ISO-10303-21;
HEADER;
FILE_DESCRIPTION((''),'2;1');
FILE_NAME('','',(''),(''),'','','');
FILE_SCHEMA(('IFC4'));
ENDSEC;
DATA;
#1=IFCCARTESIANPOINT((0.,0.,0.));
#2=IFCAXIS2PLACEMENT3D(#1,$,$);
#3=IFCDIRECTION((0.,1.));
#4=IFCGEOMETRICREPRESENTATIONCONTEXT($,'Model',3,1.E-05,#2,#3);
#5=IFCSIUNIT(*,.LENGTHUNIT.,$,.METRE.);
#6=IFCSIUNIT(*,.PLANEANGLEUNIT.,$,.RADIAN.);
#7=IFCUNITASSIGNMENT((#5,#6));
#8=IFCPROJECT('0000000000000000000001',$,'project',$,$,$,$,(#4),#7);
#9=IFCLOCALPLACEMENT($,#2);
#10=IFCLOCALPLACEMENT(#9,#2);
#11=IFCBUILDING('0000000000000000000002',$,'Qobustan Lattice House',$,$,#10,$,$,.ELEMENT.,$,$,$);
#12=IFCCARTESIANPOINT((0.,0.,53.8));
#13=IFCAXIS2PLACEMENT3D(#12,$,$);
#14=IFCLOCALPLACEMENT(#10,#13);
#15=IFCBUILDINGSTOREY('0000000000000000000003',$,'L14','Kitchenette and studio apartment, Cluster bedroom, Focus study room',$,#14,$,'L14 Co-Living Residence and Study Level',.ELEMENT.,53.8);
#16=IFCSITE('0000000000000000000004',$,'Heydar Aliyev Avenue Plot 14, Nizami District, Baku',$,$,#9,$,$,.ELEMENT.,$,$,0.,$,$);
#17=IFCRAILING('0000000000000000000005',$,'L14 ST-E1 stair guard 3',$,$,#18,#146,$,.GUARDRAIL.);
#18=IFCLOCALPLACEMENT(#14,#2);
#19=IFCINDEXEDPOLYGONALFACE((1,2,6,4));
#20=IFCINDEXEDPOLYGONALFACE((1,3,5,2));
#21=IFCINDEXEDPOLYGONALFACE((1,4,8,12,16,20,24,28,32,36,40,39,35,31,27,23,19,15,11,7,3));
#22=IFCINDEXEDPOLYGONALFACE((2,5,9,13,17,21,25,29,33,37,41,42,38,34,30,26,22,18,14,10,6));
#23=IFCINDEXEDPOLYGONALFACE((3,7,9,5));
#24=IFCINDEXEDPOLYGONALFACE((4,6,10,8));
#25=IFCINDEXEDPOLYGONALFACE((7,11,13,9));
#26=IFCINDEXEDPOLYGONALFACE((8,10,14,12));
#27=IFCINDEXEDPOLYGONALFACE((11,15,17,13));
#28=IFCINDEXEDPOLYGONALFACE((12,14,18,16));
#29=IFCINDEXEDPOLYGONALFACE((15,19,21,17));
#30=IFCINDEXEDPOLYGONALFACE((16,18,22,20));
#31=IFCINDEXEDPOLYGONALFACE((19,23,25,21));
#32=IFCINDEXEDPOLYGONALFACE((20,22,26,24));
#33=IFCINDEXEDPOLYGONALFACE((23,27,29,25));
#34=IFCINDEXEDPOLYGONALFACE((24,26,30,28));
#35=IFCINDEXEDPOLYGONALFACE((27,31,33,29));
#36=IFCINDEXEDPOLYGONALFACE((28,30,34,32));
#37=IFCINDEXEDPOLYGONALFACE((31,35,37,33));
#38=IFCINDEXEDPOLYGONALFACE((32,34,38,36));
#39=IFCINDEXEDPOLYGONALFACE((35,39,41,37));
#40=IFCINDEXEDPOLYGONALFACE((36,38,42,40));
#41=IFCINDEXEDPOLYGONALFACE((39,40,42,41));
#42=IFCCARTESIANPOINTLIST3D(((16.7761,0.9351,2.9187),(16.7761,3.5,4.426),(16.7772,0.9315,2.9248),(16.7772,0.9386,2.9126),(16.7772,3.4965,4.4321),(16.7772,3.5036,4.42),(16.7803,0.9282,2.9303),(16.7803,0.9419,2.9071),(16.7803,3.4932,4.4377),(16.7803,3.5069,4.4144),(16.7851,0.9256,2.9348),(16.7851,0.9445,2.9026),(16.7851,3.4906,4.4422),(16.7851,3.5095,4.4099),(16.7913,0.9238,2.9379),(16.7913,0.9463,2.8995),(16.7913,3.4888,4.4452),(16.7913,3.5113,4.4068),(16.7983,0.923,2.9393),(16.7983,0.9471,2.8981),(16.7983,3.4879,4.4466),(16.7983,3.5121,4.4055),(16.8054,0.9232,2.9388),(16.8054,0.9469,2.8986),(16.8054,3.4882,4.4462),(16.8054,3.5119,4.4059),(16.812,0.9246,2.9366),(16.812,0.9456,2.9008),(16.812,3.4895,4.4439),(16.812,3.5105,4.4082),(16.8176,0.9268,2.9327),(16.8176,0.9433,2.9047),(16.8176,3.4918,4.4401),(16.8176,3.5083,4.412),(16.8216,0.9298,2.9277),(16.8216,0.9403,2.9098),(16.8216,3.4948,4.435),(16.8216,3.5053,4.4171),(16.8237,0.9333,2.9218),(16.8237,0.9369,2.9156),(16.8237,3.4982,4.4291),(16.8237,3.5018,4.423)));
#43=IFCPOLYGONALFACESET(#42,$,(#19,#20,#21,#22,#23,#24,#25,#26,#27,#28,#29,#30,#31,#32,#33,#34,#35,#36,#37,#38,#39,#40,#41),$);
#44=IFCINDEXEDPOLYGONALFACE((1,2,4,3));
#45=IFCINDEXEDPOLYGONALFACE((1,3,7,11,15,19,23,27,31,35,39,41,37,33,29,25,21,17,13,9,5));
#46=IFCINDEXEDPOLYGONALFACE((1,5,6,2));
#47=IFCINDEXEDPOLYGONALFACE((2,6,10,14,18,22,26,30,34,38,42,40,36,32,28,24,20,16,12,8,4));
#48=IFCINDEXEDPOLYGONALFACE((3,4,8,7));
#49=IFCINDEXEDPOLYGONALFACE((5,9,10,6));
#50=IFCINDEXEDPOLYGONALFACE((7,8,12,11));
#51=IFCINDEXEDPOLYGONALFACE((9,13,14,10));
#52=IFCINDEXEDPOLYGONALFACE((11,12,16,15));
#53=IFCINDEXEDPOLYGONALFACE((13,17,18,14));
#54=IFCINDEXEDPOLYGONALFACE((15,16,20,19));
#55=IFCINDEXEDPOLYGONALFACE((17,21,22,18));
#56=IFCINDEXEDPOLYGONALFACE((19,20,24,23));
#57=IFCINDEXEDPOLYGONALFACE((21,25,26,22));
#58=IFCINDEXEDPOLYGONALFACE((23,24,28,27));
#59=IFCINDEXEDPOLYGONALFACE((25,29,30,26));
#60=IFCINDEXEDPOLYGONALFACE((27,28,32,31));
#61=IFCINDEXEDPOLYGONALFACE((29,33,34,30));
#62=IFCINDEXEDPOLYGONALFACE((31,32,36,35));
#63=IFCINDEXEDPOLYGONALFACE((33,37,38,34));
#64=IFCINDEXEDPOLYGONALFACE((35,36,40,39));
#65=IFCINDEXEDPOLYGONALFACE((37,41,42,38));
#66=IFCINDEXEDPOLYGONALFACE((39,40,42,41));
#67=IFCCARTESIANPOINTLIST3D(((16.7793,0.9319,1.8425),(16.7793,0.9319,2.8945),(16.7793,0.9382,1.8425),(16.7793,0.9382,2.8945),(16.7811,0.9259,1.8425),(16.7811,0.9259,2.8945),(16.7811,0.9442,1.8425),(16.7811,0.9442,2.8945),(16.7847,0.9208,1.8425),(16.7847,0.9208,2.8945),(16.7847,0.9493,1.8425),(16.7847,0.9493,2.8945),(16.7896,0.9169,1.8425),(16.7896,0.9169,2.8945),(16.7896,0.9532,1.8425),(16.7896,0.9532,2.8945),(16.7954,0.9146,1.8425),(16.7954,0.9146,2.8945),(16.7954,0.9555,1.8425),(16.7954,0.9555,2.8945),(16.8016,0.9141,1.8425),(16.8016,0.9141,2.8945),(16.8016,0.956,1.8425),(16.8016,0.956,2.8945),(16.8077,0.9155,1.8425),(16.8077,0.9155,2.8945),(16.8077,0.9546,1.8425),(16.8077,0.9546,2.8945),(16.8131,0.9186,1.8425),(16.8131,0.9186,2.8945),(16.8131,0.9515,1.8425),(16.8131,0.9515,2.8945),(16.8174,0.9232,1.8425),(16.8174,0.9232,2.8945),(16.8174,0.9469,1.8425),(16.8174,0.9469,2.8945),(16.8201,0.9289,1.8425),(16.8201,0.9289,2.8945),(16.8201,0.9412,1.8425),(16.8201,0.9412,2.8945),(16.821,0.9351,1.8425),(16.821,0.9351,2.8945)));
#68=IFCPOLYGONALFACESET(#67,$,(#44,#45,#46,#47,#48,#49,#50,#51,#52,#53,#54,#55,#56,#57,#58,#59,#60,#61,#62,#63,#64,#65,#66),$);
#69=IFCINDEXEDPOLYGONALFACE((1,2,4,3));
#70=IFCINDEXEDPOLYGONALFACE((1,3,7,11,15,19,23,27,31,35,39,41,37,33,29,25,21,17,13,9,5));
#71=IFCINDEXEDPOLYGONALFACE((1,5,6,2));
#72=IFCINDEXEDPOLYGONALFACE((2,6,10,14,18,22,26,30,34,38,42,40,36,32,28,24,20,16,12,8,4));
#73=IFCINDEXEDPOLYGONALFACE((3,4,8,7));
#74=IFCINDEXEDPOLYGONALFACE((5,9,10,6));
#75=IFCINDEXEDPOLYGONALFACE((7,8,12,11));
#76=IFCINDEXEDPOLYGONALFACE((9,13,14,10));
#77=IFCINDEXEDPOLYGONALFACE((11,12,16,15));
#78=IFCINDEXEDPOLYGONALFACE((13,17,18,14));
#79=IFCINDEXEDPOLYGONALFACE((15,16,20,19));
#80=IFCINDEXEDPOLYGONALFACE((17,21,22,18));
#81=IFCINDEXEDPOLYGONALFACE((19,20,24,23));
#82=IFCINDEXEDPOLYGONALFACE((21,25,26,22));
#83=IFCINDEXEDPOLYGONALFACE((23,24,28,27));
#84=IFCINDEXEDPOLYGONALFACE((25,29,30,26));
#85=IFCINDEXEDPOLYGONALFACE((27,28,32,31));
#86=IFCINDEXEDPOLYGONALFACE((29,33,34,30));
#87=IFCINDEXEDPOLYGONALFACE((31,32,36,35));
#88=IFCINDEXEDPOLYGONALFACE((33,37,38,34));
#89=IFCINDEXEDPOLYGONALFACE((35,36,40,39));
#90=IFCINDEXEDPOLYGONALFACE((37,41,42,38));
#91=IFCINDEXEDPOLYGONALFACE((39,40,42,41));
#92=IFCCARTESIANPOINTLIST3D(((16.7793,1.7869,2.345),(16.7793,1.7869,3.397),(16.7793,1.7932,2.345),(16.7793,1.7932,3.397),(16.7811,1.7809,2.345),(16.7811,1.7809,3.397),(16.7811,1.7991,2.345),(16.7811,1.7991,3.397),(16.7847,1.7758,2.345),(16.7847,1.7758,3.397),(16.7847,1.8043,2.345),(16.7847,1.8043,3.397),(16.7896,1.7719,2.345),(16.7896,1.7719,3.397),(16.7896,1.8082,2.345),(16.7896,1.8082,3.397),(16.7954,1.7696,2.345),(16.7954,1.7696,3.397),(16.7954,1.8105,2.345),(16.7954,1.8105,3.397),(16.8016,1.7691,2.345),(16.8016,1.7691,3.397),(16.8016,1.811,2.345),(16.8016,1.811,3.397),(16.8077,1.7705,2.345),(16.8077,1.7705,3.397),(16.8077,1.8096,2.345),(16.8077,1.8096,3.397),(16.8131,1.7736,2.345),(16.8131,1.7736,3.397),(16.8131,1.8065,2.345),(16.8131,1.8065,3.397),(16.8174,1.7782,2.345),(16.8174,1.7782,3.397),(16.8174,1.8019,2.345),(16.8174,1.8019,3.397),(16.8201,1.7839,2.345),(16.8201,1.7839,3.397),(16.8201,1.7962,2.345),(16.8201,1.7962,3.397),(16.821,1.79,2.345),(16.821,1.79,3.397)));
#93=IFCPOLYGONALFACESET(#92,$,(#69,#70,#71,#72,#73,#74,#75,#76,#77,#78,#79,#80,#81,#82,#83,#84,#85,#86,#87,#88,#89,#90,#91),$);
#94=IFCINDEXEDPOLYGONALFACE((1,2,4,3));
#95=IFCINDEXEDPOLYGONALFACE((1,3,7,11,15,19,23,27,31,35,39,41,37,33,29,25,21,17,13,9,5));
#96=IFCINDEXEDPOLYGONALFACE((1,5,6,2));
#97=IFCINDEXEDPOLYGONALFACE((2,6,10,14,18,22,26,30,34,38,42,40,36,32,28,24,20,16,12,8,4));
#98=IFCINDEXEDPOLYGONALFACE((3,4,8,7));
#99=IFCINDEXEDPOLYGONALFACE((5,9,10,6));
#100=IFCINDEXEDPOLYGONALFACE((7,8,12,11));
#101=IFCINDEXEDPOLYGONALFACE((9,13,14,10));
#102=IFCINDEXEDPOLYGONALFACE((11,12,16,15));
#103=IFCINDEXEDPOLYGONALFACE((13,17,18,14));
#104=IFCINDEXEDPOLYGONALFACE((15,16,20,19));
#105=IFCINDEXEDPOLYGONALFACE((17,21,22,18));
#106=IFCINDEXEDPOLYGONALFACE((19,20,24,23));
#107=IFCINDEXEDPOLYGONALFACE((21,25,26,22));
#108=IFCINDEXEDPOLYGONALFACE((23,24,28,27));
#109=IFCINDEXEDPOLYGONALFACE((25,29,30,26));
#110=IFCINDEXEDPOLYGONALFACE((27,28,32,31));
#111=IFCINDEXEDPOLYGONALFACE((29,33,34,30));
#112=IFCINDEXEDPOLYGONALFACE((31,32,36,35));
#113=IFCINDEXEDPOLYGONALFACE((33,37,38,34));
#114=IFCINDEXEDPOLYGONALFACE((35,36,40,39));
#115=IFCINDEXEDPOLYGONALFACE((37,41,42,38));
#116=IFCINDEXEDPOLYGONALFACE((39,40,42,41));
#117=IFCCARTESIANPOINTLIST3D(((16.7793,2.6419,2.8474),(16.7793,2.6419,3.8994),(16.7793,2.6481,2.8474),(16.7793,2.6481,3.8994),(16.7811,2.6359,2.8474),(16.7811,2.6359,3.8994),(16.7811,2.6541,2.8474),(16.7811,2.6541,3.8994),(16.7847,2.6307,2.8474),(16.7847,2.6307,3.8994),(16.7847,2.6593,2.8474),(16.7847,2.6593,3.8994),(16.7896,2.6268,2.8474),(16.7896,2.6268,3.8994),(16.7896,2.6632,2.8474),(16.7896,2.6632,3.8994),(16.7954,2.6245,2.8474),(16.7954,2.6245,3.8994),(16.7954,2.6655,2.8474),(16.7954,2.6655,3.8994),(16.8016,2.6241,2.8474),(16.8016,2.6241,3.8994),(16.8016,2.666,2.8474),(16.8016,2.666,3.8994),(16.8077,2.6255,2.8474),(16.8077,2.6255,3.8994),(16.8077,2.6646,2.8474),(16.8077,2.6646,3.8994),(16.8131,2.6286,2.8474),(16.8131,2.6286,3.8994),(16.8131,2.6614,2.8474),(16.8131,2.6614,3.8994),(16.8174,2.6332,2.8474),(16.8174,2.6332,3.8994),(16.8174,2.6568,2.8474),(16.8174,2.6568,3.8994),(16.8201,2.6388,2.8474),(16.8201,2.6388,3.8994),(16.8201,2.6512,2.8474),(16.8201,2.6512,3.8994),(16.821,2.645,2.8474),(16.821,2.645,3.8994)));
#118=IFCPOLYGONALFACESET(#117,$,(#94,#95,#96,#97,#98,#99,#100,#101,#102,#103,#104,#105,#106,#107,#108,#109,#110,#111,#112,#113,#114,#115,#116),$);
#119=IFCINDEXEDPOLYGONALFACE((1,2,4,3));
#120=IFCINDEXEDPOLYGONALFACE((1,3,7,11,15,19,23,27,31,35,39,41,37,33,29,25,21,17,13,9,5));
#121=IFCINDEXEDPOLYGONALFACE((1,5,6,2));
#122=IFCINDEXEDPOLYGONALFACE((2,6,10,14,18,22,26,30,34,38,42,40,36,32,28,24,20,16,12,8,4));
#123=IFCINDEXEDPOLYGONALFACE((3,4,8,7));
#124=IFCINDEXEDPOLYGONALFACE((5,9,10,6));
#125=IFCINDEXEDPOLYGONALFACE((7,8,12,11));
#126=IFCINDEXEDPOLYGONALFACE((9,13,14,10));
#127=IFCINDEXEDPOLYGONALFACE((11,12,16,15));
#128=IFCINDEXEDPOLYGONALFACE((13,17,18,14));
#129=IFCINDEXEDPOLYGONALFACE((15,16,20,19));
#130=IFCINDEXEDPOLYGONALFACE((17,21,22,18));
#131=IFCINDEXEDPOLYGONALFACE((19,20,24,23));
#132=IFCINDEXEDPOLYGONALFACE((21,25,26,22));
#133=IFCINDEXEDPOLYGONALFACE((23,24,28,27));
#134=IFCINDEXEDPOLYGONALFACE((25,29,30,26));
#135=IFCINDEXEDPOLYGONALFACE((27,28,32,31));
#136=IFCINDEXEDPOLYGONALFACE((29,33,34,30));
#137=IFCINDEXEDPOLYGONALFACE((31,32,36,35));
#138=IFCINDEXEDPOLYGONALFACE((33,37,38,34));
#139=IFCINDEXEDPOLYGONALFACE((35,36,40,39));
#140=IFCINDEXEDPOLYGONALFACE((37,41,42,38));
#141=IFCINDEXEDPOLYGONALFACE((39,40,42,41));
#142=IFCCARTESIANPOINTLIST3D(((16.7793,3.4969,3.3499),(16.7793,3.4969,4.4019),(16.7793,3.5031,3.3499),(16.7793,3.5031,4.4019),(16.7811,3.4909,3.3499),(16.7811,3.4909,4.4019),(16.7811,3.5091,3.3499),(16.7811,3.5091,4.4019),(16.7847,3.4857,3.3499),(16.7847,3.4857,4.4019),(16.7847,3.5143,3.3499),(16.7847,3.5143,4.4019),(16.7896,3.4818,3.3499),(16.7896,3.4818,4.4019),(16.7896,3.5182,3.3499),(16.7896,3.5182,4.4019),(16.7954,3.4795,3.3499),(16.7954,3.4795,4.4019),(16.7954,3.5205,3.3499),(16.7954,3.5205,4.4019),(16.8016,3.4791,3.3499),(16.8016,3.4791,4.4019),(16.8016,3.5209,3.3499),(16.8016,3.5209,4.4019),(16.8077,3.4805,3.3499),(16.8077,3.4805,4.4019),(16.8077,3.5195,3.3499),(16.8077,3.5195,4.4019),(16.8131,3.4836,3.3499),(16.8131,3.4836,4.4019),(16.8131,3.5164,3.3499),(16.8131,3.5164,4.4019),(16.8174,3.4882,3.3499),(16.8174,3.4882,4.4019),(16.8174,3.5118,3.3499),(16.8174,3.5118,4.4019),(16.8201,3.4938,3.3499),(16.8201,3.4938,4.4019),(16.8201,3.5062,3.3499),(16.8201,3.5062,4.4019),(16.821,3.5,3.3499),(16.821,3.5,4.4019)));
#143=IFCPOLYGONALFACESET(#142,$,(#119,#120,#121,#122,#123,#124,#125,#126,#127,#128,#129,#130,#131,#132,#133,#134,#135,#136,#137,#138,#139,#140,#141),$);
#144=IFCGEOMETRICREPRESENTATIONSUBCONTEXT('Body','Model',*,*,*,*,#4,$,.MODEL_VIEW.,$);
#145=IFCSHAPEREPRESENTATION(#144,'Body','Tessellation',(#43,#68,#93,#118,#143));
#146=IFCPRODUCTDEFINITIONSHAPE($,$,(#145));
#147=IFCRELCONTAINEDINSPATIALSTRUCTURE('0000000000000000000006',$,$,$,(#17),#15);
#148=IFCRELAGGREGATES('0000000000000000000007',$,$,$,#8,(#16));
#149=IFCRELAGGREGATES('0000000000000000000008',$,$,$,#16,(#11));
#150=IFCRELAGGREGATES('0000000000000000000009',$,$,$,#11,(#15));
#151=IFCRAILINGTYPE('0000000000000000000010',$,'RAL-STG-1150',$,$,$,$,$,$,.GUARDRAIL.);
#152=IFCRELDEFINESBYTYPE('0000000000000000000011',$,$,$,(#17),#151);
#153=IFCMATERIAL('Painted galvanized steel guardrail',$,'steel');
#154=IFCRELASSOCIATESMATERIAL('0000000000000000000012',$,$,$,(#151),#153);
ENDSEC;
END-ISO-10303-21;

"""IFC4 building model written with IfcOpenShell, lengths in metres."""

from ifc_helpers import new_model, si_unit, direction, frame, origin, origin_2d, place, context, subcontext, project, spatial, circle, extrude, material, type_object, element, save


model = new_model("IFC4")

# Units and contexts
model_context = context("Model", 3, precision=1e-05, world=origin(), true_north=direction((0.0, 1.0)))
body_context = subcontext(model_context, "Body", "Model", "MODEL_VIEW")
ifc_project = project(units=[si_unit("LENGTHUNIT", "METRE"), si_unit("PLANEANGLEUNIT", "RADIAN")], contexts=[model_context])

# Site, building, storey
site_placement = place(None, origin())
site = spatial("IfcSite", under=ifc_project, at=site_placement, Name="Heydar Aliyev Avenue Plot 14, Nizami District, Baku", CompositionType="ELEMENT", RefElevation=0.0)
building_placement = place(site_placement, origin())
building = spatial("IfcBuilding", under=site, at=building_placement, Name="Qobustan Lattice House", CompositionType="ELEMENT")
storey_placement = place(building_placement, frame((0.0, 0.0, 53.8)))
storey = spatial("IfcBuildingStorey", under=building, at=storey_placement, Name="L14", Description="Kitchenette and studio apartment, Cluster bedroom, Focus study room", LongName="L14 Co-Living Residence and Study Level", CompositionType="ELEMENT", Elevation=53.8)

# Railing
ifc_material_1 = material(Name="Painted galvanized steel guardrail", Category="steel")
railing_type_1 = type_object("IfcRailingType", Name="RAL-STG-1150", PredefinedType="GUARDRAIL", material=ifc_material_1)
railing_1_placement = place(storey_placement, frame((16.8, 0.9351, 1.8425)))
element("IfcRailing", 1, at=railing_1_placement, inside=storey, type_object=railing_type_1, Name="L14 ST-E1 stair guard 3", PredefinedType="GUARDRAIL", context=body_context, shape_type="SweptSolid", body=[
    extrude(circle(Radius=0.0239, at=origin_2d()), frame((0.0, 0.0, 1.0762), z_axis=(0.0, 0.862149, 0.506654), x_axis=(-1.0, 0.0, 0.0)), (0.0, 0.0, 1.0), 2.9751),
    extrude(circle(Radius=0.021, at=origin_2d()), origin(), (0.0, 0.0, 1.0), 1.052),
    extrude(circle(Radius=0.021, at=origin_2d()), frame((0.0, 0.855, 0.5024)), (0.0, 0.0, 1.0), 1.052),
    extrude(circle(Radius=0.021, at=origin_2d()), frame((0.0, 1.71, 1.0049)), (0.0, 0.0, 1.0), 1.052),
    extrude(circle(Radius=0.021, at=origin_2d()), frame((0.0, 2.5649, 1.5073)), (0.0, 0.0, 1.0), 1.052),
])

save(model, "model.ifc")
